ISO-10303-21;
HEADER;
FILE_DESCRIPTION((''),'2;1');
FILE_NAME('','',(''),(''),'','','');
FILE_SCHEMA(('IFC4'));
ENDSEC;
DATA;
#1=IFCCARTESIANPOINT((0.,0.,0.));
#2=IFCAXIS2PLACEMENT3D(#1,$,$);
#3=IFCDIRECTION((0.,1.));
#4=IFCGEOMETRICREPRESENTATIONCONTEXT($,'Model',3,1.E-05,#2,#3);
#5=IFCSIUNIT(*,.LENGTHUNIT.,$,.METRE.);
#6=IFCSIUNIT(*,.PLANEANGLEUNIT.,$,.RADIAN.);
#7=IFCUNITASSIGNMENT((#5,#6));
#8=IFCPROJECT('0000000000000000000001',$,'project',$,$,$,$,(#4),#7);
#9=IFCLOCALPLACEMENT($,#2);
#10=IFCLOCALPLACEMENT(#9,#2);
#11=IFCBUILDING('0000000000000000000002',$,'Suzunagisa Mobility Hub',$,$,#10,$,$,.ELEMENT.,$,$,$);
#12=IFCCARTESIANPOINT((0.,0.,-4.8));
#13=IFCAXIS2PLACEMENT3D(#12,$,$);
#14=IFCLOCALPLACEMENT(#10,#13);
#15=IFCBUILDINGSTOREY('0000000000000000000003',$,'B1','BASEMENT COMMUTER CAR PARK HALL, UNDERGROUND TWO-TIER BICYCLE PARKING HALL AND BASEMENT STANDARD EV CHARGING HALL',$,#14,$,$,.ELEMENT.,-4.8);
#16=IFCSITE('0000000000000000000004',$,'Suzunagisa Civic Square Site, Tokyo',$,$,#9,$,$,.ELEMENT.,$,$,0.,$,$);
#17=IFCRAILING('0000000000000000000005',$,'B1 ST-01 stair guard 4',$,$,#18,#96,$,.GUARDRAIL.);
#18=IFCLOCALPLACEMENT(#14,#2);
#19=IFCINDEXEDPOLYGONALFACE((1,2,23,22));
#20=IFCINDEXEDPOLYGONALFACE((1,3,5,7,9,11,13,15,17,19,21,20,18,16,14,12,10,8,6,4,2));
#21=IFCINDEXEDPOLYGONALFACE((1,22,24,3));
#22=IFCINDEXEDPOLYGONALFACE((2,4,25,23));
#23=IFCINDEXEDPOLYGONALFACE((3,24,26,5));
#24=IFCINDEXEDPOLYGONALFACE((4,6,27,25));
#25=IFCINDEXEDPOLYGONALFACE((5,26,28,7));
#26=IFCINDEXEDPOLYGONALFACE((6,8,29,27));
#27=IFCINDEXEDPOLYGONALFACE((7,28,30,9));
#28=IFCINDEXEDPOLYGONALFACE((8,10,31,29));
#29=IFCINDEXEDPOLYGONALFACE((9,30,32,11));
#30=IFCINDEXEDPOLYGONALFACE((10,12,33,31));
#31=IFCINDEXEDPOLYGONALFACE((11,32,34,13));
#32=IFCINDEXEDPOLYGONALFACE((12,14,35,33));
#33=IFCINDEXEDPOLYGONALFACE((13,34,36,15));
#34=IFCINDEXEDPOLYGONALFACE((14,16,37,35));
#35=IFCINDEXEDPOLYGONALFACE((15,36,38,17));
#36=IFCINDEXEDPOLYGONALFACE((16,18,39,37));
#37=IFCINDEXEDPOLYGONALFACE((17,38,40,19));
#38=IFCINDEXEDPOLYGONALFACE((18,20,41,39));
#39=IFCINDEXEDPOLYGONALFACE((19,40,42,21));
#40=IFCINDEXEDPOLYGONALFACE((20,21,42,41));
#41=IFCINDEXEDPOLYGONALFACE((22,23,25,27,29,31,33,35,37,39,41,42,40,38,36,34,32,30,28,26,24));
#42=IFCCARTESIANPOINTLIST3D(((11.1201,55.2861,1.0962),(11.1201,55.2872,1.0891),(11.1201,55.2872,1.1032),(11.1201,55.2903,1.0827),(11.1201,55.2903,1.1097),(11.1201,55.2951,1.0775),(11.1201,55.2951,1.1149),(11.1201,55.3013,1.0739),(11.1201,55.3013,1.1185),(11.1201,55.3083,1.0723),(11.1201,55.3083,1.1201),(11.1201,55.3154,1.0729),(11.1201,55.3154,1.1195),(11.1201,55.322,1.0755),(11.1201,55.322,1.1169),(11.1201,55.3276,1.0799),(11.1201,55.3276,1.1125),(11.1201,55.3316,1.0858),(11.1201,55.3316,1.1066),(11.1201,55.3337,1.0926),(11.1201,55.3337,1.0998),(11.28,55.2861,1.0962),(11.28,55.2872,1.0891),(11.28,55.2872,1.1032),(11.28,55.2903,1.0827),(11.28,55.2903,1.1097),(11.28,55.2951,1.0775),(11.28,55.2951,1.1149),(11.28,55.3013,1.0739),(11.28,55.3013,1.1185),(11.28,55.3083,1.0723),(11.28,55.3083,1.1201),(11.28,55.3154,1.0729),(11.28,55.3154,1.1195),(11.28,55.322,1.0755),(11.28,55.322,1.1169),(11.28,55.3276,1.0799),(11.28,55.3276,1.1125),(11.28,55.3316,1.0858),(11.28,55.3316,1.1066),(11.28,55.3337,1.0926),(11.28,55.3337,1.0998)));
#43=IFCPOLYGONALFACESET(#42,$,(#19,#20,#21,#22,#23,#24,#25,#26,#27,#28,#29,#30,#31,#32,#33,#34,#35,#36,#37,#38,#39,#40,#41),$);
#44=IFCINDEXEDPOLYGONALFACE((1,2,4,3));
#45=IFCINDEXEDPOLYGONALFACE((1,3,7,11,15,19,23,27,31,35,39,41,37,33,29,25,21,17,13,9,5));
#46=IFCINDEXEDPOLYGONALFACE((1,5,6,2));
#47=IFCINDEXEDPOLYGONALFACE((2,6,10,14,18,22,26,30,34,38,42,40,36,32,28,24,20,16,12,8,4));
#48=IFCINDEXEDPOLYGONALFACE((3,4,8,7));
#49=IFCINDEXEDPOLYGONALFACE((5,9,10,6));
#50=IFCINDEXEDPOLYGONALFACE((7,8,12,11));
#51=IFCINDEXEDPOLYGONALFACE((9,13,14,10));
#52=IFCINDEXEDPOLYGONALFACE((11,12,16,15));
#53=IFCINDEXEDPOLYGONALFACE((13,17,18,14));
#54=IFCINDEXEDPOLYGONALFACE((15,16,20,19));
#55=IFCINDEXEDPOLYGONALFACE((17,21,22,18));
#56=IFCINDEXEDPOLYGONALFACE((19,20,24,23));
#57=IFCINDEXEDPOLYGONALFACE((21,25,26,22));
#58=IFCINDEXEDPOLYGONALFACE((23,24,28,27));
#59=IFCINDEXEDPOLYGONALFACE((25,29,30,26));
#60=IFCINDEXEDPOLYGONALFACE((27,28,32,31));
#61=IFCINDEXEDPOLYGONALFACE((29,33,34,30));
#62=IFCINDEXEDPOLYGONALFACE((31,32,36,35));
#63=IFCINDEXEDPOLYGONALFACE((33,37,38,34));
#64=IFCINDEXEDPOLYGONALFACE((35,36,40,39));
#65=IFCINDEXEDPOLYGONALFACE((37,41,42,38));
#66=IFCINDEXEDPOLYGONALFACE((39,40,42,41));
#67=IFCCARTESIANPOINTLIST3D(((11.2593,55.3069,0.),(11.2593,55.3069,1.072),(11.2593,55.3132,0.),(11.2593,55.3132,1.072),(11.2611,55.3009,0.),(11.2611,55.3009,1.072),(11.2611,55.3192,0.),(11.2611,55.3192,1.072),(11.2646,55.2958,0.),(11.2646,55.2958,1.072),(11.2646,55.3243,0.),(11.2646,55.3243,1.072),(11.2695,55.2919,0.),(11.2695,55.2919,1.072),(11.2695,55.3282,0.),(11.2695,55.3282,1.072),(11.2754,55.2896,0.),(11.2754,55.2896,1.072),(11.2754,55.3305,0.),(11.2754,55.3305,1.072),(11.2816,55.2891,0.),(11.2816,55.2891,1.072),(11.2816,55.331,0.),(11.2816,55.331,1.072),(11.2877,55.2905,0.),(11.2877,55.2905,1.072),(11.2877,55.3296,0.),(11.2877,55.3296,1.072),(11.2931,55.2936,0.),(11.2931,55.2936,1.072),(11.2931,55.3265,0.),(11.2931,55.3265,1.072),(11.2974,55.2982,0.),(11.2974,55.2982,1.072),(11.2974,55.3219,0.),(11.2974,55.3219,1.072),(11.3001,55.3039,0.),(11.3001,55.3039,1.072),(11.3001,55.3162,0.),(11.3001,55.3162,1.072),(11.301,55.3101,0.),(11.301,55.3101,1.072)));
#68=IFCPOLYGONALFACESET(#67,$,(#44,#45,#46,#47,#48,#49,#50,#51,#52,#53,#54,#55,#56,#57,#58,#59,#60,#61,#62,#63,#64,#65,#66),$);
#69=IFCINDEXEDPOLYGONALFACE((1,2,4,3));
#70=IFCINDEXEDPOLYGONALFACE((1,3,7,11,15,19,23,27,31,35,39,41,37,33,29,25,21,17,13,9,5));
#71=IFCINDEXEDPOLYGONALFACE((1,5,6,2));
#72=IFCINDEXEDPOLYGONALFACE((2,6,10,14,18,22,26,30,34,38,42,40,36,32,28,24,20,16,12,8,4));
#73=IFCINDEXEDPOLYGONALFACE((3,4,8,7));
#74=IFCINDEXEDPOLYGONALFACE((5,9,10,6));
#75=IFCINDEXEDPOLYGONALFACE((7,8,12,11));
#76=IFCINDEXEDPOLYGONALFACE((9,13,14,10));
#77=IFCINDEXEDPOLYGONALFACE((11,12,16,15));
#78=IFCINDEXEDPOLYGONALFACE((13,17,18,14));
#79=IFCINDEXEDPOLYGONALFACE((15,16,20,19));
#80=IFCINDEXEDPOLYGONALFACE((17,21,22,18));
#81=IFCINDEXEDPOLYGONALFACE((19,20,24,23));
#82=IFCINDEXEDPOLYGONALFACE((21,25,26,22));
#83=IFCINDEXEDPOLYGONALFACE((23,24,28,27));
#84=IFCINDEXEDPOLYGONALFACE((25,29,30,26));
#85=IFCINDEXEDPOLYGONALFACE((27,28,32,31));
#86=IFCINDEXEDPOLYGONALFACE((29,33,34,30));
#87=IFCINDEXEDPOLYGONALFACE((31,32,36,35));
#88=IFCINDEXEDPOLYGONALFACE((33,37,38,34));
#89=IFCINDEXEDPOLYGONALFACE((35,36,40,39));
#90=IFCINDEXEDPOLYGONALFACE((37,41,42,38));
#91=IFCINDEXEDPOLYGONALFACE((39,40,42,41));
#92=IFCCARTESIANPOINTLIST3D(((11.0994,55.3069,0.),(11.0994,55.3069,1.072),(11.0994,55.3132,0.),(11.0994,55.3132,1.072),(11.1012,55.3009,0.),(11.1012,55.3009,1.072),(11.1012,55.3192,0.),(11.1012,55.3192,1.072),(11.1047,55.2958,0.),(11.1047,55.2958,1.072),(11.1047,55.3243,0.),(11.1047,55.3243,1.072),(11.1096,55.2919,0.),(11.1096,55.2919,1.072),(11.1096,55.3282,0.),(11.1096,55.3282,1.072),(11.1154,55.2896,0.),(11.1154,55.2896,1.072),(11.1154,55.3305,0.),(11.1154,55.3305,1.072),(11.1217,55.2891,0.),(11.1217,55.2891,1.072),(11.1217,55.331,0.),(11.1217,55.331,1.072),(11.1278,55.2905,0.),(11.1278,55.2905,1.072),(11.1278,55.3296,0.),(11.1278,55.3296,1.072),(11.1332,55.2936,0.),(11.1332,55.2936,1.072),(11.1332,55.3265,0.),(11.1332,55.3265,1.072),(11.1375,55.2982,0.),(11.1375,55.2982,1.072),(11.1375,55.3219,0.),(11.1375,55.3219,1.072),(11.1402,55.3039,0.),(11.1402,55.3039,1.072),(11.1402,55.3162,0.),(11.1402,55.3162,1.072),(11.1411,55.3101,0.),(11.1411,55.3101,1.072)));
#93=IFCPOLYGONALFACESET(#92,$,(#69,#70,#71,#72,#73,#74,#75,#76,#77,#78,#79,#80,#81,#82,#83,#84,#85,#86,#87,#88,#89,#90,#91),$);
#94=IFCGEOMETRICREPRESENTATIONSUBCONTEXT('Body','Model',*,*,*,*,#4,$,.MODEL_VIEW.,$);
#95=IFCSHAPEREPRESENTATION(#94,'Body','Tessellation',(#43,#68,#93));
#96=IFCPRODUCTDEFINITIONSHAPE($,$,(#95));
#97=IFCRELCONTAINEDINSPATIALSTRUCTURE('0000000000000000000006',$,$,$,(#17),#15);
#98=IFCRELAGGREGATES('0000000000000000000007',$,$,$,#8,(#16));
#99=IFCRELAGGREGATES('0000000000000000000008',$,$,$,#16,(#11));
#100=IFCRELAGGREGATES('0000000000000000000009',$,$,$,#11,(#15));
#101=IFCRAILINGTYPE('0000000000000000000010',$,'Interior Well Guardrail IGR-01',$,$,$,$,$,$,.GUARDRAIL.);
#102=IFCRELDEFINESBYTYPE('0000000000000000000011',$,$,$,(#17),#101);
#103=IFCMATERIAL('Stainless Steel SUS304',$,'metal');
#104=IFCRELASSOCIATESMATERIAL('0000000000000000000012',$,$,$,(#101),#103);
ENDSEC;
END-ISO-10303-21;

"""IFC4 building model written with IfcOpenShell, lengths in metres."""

from ifc_helpers import new_model, si_unit, direction, frame, origin, origin_2d, place, context, subcontext, project, spatial, circle, extrude, material, type_object, element, save


model = new_model("IFC4")

# Units and contexts
model_context = context("Model", 3, precision=1e-05, world=origin(), true_north=direction((0.0, 1.0)))
body_context = subcontext(model_context, "Body", "Model", "MODEL_VIEW")
ifc_project = project(units=[si_unit("LENGTHUNIT", "METRE"), si_unit("PLANEANGLEUNIT", "RADIAN")], contexts=[model_context])

# Site, building, storey
site_placement = place(None, origin())
site = spatial("IfcSite", under=ifc_project, at=site_placement, Name="Suzunagisa Civic Square Site, Tokyo", CompositionType="ELEMENT", RefElevation=0.0)
building_placement = place(site_placement, origin())
building = spatial("IfcBuilding", under=site, at=building_placement, Name="Suzunagisa Mobility Hub", CompositionType="ELEMENT")
storey_placement = place(building_placement, frame((0.0, 0.0, -4.8)))
storey = spatial("IfcBuildingStorey", under=building, at=storey_placement, Name="B1", Description="BASEMENT COMMUTER CAR PARK HALL, UNDERGROUND TWO-TIER BICYCLE PARKING HALL AND BASEMENT STANDARD EV CHARGING HALL", CompositionType="ELEMENT", Elevation=-4.8)

# Railing
ifc_material_1 = material(Name="Stainless Steel SUS304", Category="metal")
railing_type = type_object("IfcRailingType", Name="Interior Well Guardrail IGR-01", PredefinedType="GUARDRAIL", material=ifc_material_1)
railing_1_placement = place(storey_placement, frame((11.28, 55.3101, 0.0)))
element("IfcRailing", 1, at=railing_1_placement, inside=storey, type_object=railing_type, Name="B1 ST-01 stair guard 4", PredefinedType="GUARDRAIL", context=body_context, shape_type="SweptSolid", body=[
    extrude(circle(Radius=0.0239, at=origin_2d()), frame((0.0, 0.0, 1.0962), z_axis=(-1.0, 0.0, 0.0), x_axis=(0.0, -1.0, 0.0)), (0.0, 0.0, 1.0), 0.1599),
    extrude(circle(Radius=0.021, at=origin_2d()), origin(), (0.0, 0.0, 1.0), 1.072),
    extrude(circle(Radius=0.021, at=origin_2d()), frame((-0.1599, 0.0, 0.0)), (0.0, 0.0, 1.0), 1.072),
])

save(model, "model.ifc")
